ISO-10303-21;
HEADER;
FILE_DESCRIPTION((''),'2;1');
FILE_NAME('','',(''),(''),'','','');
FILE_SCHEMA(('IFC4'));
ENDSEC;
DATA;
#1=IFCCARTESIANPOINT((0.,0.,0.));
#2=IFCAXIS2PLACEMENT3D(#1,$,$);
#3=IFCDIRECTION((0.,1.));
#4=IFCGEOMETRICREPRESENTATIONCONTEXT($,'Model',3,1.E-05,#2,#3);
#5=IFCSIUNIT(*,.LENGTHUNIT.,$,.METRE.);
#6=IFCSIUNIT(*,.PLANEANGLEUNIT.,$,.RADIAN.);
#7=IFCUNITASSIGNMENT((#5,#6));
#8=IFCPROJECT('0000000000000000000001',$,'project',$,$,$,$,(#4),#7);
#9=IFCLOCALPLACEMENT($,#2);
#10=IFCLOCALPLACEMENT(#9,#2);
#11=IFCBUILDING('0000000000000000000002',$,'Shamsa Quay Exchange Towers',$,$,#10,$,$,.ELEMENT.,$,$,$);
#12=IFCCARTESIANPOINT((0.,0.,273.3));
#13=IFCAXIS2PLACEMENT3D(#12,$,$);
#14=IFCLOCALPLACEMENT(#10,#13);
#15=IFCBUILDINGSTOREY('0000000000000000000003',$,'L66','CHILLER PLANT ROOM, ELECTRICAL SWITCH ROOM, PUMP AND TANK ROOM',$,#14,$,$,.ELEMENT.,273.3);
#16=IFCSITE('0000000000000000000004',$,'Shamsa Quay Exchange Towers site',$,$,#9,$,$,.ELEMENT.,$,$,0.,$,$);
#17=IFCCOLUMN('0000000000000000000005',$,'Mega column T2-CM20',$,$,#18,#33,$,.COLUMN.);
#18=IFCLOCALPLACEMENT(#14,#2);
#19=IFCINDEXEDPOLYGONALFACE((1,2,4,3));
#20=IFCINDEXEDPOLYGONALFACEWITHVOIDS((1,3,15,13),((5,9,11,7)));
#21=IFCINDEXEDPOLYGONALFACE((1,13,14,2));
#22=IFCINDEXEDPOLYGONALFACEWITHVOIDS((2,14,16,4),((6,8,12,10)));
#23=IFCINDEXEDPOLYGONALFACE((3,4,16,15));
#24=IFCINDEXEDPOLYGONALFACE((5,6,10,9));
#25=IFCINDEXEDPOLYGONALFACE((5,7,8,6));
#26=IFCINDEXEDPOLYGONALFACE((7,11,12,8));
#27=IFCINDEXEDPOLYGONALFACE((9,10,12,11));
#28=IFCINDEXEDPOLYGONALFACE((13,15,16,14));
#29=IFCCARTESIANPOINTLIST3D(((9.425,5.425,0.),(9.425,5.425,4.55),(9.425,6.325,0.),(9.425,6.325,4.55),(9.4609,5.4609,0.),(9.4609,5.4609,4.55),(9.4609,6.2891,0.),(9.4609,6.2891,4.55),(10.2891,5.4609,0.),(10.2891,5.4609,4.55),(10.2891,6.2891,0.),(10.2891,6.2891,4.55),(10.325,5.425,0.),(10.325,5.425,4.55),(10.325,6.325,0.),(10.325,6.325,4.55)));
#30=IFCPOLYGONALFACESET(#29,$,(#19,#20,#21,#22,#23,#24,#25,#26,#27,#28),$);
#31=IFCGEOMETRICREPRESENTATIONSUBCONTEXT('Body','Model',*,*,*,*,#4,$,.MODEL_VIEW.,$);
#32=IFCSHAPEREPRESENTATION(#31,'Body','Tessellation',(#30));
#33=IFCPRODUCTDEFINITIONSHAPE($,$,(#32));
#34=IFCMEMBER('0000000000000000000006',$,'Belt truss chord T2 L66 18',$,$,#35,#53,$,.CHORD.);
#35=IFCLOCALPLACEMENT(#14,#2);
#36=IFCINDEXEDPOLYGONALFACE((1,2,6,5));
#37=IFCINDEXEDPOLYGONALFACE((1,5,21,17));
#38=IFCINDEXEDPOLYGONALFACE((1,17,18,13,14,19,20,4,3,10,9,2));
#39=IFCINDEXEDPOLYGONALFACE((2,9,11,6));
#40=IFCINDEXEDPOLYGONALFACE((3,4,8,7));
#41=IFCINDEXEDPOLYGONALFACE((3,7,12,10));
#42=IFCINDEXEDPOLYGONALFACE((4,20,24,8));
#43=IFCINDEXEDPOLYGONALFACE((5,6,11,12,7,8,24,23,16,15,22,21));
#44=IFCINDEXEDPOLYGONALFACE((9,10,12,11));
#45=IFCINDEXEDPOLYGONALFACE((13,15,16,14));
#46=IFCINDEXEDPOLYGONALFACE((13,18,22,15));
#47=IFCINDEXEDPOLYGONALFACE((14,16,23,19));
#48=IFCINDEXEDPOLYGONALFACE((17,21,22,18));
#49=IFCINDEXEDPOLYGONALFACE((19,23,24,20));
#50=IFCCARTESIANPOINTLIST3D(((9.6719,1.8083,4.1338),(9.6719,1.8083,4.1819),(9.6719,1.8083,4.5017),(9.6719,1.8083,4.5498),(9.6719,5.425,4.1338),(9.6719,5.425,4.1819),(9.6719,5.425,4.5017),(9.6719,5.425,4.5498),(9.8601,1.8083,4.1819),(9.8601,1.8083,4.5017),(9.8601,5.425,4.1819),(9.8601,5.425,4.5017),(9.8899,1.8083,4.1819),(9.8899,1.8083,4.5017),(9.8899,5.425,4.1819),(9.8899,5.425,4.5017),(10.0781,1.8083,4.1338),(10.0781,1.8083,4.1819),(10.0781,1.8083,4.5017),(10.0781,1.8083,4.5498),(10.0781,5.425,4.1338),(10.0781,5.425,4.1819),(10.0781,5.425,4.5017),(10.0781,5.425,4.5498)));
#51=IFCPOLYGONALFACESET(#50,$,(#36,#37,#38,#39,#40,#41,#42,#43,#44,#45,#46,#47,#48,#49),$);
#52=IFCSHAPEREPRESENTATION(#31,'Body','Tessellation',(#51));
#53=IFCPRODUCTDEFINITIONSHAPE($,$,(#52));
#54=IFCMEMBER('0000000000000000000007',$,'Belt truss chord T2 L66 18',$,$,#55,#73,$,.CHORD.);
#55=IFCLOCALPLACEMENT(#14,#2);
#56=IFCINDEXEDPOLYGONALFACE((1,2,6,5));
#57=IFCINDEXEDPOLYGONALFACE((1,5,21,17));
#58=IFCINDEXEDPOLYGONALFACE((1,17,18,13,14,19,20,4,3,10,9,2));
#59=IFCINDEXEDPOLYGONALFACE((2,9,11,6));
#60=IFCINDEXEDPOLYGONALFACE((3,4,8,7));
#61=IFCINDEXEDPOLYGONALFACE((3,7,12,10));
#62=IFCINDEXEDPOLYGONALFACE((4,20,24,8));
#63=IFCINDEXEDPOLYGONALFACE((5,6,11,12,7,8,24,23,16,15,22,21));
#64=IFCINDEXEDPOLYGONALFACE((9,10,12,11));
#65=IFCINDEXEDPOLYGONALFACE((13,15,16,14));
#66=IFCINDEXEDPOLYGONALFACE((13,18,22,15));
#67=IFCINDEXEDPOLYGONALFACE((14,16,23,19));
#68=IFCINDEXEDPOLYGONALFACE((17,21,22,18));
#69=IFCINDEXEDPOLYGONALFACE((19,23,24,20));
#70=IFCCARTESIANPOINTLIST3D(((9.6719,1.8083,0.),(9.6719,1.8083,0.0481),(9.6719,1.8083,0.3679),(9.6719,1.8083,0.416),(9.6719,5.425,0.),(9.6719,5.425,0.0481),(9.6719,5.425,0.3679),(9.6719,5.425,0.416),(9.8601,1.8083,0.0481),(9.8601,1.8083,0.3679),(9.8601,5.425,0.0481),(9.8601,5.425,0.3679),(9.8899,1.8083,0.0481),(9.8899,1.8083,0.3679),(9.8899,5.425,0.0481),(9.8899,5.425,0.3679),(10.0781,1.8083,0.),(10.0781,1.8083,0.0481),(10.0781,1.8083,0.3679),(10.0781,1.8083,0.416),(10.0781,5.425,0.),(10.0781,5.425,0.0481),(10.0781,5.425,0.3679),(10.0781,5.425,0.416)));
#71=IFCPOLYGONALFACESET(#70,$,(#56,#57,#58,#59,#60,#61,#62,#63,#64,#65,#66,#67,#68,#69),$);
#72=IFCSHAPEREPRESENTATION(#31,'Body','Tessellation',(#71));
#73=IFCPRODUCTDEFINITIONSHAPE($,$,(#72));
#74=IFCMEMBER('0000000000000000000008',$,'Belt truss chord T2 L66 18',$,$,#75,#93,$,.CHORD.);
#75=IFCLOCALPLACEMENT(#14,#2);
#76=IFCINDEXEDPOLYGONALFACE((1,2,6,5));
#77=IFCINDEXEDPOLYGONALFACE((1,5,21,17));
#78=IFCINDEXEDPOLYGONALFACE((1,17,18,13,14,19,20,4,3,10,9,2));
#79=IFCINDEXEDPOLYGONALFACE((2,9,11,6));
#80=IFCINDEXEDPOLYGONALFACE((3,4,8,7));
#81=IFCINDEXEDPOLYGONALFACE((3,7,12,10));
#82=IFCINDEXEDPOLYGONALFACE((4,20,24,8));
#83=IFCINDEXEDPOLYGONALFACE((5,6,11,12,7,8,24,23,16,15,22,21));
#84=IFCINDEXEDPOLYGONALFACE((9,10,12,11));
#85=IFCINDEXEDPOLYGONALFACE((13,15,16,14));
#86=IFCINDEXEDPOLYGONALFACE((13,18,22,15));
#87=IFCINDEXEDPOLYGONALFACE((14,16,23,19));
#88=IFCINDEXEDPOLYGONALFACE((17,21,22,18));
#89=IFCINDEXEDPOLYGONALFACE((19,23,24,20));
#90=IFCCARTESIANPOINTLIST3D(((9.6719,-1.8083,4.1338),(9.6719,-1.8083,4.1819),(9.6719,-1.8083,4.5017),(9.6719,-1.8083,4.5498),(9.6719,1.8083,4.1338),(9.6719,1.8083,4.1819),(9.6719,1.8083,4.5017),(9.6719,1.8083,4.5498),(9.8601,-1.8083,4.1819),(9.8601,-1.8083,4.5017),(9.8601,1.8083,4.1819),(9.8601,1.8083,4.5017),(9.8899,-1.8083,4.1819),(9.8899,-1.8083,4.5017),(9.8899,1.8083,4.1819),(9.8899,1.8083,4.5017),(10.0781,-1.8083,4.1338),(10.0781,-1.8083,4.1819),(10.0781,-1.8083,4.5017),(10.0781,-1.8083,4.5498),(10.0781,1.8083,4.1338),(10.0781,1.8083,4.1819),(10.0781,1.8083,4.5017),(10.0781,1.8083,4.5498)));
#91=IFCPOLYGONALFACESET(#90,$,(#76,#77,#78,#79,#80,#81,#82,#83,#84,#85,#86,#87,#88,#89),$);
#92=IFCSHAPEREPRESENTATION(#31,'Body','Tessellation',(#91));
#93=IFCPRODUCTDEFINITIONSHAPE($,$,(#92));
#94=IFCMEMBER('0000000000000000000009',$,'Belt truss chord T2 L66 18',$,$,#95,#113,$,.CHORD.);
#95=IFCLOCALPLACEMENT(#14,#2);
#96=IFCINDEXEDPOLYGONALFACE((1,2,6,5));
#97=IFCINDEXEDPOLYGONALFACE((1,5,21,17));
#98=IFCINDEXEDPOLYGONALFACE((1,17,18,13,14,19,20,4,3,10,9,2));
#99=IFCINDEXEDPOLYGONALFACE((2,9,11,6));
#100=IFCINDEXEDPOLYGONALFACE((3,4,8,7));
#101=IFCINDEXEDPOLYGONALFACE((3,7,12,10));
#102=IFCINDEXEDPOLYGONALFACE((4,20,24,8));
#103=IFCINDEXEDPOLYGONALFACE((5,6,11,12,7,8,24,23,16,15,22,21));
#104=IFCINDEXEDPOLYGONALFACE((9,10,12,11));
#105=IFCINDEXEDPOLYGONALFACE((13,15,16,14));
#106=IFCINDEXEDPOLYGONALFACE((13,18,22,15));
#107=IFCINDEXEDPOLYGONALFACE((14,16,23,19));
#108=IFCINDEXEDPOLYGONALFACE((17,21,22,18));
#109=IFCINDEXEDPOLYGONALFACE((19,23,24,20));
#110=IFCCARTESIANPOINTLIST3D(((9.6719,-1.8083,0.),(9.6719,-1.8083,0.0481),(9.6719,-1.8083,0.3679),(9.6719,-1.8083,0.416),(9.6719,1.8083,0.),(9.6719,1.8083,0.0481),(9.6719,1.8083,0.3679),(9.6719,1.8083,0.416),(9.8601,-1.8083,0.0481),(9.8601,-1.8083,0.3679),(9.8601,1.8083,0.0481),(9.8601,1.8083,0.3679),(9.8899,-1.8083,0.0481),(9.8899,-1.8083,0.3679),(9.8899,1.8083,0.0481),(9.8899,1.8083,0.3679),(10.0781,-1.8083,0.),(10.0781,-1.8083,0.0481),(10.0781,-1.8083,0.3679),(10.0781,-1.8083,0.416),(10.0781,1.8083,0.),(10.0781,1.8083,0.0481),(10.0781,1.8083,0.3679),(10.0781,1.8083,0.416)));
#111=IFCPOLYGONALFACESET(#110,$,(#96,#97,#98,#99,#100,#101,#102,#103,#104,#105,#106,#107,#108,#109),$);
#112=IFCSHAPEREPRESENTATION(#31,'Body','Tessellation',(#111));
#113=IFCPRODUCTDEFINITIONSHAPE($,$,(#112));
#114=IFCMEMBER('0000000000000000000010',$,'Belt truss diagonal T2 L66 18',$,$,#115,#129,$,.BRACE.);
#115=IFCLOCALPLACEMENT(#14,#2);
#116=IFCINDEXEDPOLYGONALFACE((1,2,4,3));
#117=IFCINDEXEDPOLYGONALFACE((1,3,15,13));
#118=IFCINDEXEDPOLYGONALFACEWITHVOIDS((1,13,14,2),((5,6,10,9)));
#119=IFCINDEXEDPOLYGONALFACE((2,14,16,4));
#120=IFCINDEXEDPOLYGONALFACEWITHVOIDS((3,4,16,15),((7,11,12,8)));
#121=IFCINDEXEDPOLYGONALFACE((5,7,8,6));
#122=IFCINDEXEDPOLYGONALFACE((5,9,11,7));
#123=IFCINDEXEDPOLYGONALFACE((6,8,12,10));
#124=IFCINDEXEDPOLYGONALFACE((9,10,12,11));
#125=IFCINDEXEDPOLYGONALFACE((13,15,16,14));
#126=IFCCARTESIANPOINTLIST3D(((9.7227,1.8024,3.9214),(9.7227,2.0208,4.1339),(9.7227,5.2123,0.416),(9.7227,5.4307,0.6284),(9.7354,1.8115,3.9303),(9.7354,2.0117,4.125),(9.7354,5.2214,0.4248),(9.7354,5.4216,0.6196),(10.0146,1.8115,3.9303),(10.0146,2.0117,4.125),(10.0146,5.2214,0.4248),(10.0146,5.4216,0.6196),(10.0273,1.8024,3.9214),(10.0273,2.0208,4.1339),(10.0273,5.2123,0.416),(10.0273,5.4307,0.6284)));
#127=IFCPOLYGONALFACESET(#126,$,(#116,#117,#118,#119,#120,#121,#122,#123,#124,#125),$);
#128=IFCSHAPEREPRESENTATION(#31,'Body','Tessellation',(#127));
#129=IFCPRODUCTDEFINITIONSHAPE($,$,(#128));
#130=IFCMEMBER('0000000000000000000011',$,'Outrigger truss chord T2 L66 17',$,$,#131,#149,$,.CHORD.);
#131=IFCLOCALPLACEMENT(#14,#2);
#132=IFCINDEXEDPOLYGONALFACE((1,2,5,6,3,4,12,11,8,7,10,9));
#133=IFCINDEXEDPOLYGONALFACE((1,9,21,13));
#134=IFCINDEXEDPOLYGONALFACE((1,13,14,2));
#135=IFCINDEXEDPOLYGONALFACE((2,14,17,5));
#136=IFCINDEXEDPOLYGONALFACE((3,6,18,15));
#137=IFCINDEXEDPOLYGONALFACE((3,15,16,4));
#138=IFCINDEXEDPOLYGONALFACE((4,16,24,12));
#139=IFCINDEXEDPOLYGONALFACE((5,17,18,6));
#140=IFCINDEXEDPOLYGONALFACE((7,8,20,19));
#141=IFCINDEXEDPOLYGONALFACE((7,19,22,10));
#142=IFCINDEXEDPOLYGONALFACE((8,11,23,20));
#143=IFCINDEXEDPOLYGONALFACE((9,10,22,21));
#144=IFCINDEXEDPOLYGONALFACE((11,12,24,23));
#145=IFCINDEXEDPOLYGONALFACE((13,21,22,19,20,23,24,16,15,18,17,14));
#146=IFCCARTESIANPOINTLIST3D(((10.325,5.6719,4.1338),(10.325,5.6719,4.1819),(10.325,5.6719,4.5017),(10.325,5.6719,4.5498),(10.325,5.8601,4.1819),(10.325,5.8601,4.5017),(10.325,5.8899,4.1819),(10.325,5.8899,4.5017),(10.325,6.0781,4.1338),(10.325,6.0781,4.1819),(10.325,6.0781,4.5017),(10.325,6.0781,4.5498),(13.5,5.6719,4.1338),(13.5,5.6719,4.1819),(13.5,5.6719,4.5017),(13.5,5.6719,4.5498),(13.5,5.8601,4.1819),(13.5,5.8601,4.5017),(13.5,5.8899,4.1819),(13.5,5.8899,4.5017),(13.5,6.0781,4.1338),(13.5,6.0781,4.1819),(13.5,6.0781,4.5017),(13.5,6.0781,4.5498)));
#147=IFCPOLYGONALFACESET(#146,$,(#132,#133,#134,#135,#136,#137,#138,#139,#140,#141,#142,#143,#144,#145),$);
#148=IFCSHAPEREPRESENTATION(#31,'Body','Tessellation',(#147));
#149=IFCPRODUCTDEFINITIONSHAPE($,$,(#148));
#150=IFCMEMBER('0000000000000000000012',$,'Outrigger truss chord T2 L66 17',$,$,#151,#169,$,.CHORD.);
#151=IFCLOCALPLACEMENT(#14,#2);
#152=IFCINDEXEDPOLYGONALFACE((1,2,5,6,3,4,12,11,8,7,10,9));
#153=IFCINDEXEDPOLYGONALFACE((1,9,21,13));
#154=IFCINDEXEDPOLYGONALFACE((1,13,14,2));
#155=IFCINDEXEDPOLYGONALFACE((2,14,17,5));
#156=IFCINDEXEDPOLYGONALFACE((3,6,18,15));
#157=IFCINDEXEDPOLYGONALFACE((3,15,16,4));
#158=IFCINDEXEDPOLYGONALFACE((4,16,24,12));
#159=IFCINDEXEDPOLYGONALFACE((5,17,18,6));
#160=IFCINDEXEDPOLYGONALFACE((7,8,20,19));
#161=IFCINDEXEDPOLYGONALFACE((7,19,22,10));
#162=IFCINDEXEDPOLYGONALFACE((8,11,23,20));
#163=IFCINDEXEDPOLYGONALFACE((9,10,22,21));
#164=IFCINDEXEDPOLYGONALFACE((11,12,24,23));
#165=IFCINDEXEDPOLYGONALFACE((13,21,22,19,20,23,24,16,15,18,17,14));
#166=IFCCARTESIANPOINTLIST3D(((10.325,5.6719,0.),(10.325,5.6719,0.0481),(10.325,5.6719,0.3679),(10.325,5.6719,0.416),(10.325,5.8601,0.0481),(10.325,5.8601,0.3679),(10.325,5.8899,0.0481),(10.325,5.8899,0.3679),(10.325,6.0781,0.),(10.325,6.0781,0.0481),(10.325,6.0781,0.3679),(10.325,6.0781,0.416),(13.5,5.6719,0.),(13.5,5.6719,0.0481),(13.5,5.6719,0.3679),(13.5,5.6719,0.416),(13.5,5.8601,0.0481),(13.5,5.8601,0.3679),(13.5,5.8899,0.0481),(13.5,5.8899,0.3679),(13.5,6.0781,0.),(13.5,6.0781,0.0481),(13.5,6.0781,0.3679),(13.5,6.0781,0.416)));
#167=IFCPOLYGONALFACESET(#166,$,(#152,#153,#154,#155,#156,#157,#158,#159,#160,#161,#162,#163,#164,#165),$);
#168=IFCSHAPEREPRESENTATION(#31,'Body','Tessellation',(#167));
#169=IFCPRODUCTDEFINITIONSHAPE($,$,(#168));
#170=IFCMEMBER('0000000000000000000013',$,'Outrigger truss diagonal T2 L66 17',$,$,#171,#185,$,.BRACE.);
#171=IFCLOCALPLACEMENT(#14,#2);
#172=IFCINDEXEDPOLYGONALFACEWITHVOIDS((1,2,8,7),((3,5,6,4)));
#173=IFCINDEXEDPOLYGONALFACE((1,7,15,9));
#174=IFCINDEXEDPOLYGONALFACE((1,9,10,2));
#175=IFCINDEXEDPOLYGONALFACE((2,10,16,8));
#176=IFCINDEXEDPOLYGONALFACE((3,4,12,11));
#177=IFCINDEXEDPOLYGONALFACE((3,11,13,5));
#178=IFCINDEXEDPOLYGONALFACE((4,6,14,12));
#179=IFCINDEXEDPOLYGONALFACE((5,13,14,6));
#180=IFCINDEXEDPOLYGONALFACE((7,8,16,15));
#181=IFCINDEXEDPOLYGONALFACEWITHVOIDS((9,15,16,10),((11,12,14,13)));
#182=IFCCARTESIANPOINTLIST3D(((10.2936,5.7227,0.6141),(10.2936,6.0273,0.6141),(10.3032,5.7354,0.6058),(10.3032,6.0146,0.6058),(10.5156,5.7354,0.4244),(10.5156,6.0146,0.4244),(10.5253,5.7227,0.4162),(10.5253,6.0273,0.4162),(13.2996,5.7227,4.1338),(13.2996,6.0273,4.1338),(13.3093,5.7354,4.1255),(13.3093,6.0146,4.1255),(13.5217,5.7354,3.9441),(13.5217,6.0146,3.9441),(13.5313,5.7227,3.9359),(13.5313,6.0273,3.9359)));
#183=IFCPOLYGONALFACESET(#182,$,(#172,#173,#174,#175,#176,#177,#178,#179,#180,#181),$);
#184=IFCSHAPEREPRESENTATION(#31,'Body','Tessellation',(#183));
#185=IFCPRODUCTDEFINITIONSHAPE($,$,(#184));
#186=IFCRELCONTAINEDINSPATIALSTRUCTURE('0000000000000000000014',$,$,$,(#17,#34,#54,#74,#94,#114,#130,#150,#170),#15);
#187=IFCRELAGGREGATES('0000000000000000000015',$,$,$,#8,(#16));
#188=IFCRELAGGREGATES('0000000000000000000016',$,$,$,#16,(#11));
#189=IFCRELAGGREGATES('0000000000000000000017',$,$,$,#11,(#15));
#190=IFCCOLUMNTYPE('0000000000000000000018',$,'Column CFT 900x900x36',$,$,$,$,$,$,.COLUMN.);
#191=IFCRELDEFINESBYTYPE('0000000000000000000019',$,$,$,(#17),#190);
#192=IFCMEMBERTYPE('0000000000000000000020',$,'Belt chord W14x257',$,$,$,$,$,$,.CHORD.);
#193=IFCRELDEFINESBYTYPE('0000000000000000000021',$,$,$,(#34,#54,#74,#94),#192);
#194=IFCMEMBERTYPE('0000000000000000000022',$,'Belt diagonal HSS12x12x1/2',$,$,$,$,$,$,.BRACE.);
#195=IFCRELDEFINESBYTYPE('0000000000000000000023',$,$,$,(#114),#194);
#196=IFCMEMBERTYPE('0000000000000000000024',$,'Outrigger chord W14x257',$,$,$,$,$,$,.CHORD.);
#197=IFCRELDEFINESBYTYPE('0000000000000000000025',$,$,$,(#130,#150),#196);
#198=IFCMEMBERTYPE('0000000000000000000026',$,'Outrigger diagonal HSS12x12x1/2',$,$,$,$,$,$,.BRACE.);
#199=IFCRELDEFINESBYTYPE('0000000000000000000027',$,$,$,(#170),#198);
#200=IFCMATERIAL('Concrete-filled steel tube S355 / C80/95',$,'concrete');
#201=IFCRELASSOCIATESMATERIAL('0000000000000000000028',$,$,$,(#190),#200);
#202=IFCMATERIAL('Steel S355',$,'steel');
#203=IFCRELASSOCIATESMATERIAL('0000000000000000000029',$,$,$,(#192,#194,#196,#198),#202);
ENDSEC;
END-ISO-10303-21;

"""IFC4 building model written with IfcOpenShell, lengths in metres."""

from ifc_helpers import new_model, si_unit, direction, frame, origin, origin_2d, place, context, subcontext, project, spatial, hollow_rectangle, i_section, extrude, material, material_profile, profile_set, type_object, element, save


model = new_model("IFC4")

# Units and contexts
model_context = context("Model", 3, precision=1e-05, world=origin(), true_north=direction((0.0, 1.0)))
body_context = subcontext(model_context, "Body", "Model", "MODEL_VIEW")
ifc_project = project(units=[si_unit("LENGTHUNIT", "METRE"), si_unit("PLANEANGLEUNIT", "RADIAN")], contexts=[model_context])

# Site, building, storey
site_placement = place(None, origin())
site = spatial("IfcSite", under=ifc_project, at=site_placement, Name="Shamsa Quay Exchange Towers site", CompositionType="ELEMENT", RefElevation=0.0)
building_placement = place(site_placement, origin())
building = spatial("IfcBuilding", under=site, at=building_placement, Name="Shamsa Quay Exchange Towers", CompositionType="ELEMENT")
storey_placement = place(building_placement, frame((0.0, 0.0, 273.3)))
storey = spatial("IfcBuildingStorey", under=building, at=storey_placement, Name="L66", Description="CHILLER PLANT ROOM, ELECTRICAL SWITCH ROOM, PUMP AND TANK ROOM", CompositionType="ELEMENT", Elevation=273.3)

# Column
ifc_material_1 = material(Name="Concrete-filled steel tube S355 / C80/95", Category="concrete")
ifc_material_profile_1 = material_profile(ifc_material_1, hollow_rectangle(XDim=0.8999, YDim=0.8999, WallThickness=0.0359, at=origin_2d()), Name="CFT 900x900x36")
ifc_profile_set_1 = profile_set([ifc_material_profile_1], Name="Concrete-filled steel tube S355 / C80/95")
column_type = type_object("IfcColumnType", Name="Column CFT 900x900x36", PredefinedType="COLUMN", material=ifc_profile_set_1)
column_placement = place(storey_placement, frame((9.875, 5.875, 0.0)))
element("IfcColumn", 1, at=column_placement, inside=storey, type_object=column_type, Name="Mega column T2-CM20", PredefinedType="COLUMN", context=body_context, shape_type="SweptSolid", body=[
    extrude(hollow_rectangle(XDim=0.8999, YDim=0.8999, WallThickness=0.0359, at=origin_2d()), origin(), (0.0, 0.0, 1.0), 4.55),
])

# Members
ifc_material_2 = material(Name="Steel S355", Category="steel")
ifc_material_profile_2 = material_profile(ifc_material_2, i_section(OverallWidth=0.4062, OverallDepth=0.416, WebThickness=0.0298, FlangeThickness=0.0481, at=origin_2d()), Name="W14x257")
ifc_profile_set_2 = profile_set([ifc_material_profile_2], Name="Steel S355")
member_type_1 = type_object("IfcMemberType", Name="Belt chord W14x257", PredefinedType="CHORD", material=ifc_profile_set_2)
for number, where, z_axis, x_axis, name in (
    (2, (9.875, 5.425, 4.3418), (0.0, -1.0, 0.0), (1.0, 0.0, 0.0), "Belt truss chord T2 L66 18"),
    (3, (9.875, 5.425, 0.208), (0.0, -1.0, 0.0), (1.0, 0.0, 0.0), "Belt truss chord T2 L66 18"),
    (4, (9.875, 1.8083, 4.3418), (0.0, -1.0, 0.0), (1.0, 0.0, 0.0), "Belt truss chord T2 L66 18"),
    (5, (9.875, 1.8083, 0.208), (0.0, -1.0, 0.0), (1.0, 0.0, 0.0), "Belt truss chord T2 L66 18"),
):
    element("IfcMember", number, at=place(storey_placement, frame(where, z_axis=z_axis, x_axis=x_axis)), inside=storey, type_object=member_type_1, Name=name, PredefinedType="CHORD", context=body_context, shape_type="SweptSolid", body=[
        extrude(i_section(OverallWidth=0.4062, OverallDepth=0.416, WebThickness=0.0298, FlangeThickness=0.0481, at=origin_2d()), origin(), (0.0, 0.0, 1.0), 3.6167),
    ])
ifc_material_profile_3 = material_profile(ifc_material_2, hollow_rectangle(XDim=0.3047, YDim=0.3047, WallThickness=0.0127, at=origin_2d()), Name="HSS12x12x1/2")
ifc_profile_set_3 = profile_set([ifc_material_profile_3], Name="Steel S355")
member_type_2 = type_object("IfcMemberType", Name="Belt diagonal HSS12x12x1/2", PredefinedType="BRACE", material=ifc_profile_set_3)
member_1_placement = place(storey_placement, frame((9.875, 5.3215, 0.5222), z_axis=(0.0, -0.697279, 0.716799), x_axis=(1.0, 0.0, 0.0)))
element("IfcMember", 6, at=member_1_placement, inside=storey, type_object=member_type_2, Name="Belt truss diagonal T2 L66 18", PredefinedType="BRACE", context=body_context, shape_type="SweptSolid", body=[
    extrude(hollow_rectangle(XDim=0.3047, YDim=0.3047, WallThickness=0.0127, at=origin_2d()), origin(), (0.0, 0.0, 1.0), 4.8904),
])
ifc_material_profile_4 = material_profile(ifc_material_2, i_section(OverallWidth=0.4062, OverallDepth=0.416, WebThickness=0.0298, FlangeThickness=0.0481, at=origin_2d()), Name="W14x257")
ifc_profile_set_4 = profile_set([ifc_material_profile_4], Name="Steel S355")
member_type_3 = type_object("IfcMemberType", Name="Outrigger chord W14x257", PredefinedType="CHORD", material=ifc_profile_set_4)
for number, where, z_axis, x_axis, name in (
    (7, (10.325, 5.875, 4.3418), (1.0, 0.0, 0.0), (0.0, 1.0, 0.0), "Outrigger truss chord T2 L66 17"),
    (8, (10.325, 5.875, 0.208), (1.0, 0.0, 0.0), (0.0, 1.0, 0.0), "Outrigger truss chord T2 L66 17"),
):
    element("IfcMember", number, at=place(storey_placement, frame(where, z_axis=z_axis, x_axis=x_axis)), inside=storey, type_object=member_type_3, Name=name, PredefinedType="CHORD", context=body_context, shape_type="SweptSolid", body=[
        extrude(i_section(OverallWidth=0.4062, OverallDepth=0.416, WebThickness=0.0298, FlangeThickness=0.0481, at=origin_2d()), origin(), (0.0, 0.0, 1.0), 3.175),
    ])
ifc_material_profile_5 = material_profile(ifc_material_2, hollow_rectangle(XDim=0.3047, YDim=0.3047, WallThickness=0.0127, at=origin_2d()), Name="HSS12x12x1/2")
ifc_profile_set_5 = profile_set([ifc_material_profile_5], Name="Steel S355")
member_type_4 = type_object("IfcMemberType", Name="Outrigger diagonal HSS12x12x1/2", PredefinedType="BRACE", material=ifc_profile_set_5)
member_2_placement = place(storey_placement, frame((10.4094, 5.875, 0.5151), z_axis=(0.649439, 0.0, 0.760413), x_axis=(0.0, 1.0, 0.0)))
element("IfcMember", 9, at=member_2_placement, inside=storey, type_object=member_type_4, Name="Outrigger truss diagonal T2 L66 17", PredefinedType="BRACE", context=body_context, shape_type="SweptSolid", body=[
    extrude(hollow_rectangle(XDim=0.3047, YDim=0.3047, WallThickness=0.0127, at=origin_2d()), origin(), (0.0, 0.0, 1.0), 4.6287),
])

save(model, "model.ifc")
